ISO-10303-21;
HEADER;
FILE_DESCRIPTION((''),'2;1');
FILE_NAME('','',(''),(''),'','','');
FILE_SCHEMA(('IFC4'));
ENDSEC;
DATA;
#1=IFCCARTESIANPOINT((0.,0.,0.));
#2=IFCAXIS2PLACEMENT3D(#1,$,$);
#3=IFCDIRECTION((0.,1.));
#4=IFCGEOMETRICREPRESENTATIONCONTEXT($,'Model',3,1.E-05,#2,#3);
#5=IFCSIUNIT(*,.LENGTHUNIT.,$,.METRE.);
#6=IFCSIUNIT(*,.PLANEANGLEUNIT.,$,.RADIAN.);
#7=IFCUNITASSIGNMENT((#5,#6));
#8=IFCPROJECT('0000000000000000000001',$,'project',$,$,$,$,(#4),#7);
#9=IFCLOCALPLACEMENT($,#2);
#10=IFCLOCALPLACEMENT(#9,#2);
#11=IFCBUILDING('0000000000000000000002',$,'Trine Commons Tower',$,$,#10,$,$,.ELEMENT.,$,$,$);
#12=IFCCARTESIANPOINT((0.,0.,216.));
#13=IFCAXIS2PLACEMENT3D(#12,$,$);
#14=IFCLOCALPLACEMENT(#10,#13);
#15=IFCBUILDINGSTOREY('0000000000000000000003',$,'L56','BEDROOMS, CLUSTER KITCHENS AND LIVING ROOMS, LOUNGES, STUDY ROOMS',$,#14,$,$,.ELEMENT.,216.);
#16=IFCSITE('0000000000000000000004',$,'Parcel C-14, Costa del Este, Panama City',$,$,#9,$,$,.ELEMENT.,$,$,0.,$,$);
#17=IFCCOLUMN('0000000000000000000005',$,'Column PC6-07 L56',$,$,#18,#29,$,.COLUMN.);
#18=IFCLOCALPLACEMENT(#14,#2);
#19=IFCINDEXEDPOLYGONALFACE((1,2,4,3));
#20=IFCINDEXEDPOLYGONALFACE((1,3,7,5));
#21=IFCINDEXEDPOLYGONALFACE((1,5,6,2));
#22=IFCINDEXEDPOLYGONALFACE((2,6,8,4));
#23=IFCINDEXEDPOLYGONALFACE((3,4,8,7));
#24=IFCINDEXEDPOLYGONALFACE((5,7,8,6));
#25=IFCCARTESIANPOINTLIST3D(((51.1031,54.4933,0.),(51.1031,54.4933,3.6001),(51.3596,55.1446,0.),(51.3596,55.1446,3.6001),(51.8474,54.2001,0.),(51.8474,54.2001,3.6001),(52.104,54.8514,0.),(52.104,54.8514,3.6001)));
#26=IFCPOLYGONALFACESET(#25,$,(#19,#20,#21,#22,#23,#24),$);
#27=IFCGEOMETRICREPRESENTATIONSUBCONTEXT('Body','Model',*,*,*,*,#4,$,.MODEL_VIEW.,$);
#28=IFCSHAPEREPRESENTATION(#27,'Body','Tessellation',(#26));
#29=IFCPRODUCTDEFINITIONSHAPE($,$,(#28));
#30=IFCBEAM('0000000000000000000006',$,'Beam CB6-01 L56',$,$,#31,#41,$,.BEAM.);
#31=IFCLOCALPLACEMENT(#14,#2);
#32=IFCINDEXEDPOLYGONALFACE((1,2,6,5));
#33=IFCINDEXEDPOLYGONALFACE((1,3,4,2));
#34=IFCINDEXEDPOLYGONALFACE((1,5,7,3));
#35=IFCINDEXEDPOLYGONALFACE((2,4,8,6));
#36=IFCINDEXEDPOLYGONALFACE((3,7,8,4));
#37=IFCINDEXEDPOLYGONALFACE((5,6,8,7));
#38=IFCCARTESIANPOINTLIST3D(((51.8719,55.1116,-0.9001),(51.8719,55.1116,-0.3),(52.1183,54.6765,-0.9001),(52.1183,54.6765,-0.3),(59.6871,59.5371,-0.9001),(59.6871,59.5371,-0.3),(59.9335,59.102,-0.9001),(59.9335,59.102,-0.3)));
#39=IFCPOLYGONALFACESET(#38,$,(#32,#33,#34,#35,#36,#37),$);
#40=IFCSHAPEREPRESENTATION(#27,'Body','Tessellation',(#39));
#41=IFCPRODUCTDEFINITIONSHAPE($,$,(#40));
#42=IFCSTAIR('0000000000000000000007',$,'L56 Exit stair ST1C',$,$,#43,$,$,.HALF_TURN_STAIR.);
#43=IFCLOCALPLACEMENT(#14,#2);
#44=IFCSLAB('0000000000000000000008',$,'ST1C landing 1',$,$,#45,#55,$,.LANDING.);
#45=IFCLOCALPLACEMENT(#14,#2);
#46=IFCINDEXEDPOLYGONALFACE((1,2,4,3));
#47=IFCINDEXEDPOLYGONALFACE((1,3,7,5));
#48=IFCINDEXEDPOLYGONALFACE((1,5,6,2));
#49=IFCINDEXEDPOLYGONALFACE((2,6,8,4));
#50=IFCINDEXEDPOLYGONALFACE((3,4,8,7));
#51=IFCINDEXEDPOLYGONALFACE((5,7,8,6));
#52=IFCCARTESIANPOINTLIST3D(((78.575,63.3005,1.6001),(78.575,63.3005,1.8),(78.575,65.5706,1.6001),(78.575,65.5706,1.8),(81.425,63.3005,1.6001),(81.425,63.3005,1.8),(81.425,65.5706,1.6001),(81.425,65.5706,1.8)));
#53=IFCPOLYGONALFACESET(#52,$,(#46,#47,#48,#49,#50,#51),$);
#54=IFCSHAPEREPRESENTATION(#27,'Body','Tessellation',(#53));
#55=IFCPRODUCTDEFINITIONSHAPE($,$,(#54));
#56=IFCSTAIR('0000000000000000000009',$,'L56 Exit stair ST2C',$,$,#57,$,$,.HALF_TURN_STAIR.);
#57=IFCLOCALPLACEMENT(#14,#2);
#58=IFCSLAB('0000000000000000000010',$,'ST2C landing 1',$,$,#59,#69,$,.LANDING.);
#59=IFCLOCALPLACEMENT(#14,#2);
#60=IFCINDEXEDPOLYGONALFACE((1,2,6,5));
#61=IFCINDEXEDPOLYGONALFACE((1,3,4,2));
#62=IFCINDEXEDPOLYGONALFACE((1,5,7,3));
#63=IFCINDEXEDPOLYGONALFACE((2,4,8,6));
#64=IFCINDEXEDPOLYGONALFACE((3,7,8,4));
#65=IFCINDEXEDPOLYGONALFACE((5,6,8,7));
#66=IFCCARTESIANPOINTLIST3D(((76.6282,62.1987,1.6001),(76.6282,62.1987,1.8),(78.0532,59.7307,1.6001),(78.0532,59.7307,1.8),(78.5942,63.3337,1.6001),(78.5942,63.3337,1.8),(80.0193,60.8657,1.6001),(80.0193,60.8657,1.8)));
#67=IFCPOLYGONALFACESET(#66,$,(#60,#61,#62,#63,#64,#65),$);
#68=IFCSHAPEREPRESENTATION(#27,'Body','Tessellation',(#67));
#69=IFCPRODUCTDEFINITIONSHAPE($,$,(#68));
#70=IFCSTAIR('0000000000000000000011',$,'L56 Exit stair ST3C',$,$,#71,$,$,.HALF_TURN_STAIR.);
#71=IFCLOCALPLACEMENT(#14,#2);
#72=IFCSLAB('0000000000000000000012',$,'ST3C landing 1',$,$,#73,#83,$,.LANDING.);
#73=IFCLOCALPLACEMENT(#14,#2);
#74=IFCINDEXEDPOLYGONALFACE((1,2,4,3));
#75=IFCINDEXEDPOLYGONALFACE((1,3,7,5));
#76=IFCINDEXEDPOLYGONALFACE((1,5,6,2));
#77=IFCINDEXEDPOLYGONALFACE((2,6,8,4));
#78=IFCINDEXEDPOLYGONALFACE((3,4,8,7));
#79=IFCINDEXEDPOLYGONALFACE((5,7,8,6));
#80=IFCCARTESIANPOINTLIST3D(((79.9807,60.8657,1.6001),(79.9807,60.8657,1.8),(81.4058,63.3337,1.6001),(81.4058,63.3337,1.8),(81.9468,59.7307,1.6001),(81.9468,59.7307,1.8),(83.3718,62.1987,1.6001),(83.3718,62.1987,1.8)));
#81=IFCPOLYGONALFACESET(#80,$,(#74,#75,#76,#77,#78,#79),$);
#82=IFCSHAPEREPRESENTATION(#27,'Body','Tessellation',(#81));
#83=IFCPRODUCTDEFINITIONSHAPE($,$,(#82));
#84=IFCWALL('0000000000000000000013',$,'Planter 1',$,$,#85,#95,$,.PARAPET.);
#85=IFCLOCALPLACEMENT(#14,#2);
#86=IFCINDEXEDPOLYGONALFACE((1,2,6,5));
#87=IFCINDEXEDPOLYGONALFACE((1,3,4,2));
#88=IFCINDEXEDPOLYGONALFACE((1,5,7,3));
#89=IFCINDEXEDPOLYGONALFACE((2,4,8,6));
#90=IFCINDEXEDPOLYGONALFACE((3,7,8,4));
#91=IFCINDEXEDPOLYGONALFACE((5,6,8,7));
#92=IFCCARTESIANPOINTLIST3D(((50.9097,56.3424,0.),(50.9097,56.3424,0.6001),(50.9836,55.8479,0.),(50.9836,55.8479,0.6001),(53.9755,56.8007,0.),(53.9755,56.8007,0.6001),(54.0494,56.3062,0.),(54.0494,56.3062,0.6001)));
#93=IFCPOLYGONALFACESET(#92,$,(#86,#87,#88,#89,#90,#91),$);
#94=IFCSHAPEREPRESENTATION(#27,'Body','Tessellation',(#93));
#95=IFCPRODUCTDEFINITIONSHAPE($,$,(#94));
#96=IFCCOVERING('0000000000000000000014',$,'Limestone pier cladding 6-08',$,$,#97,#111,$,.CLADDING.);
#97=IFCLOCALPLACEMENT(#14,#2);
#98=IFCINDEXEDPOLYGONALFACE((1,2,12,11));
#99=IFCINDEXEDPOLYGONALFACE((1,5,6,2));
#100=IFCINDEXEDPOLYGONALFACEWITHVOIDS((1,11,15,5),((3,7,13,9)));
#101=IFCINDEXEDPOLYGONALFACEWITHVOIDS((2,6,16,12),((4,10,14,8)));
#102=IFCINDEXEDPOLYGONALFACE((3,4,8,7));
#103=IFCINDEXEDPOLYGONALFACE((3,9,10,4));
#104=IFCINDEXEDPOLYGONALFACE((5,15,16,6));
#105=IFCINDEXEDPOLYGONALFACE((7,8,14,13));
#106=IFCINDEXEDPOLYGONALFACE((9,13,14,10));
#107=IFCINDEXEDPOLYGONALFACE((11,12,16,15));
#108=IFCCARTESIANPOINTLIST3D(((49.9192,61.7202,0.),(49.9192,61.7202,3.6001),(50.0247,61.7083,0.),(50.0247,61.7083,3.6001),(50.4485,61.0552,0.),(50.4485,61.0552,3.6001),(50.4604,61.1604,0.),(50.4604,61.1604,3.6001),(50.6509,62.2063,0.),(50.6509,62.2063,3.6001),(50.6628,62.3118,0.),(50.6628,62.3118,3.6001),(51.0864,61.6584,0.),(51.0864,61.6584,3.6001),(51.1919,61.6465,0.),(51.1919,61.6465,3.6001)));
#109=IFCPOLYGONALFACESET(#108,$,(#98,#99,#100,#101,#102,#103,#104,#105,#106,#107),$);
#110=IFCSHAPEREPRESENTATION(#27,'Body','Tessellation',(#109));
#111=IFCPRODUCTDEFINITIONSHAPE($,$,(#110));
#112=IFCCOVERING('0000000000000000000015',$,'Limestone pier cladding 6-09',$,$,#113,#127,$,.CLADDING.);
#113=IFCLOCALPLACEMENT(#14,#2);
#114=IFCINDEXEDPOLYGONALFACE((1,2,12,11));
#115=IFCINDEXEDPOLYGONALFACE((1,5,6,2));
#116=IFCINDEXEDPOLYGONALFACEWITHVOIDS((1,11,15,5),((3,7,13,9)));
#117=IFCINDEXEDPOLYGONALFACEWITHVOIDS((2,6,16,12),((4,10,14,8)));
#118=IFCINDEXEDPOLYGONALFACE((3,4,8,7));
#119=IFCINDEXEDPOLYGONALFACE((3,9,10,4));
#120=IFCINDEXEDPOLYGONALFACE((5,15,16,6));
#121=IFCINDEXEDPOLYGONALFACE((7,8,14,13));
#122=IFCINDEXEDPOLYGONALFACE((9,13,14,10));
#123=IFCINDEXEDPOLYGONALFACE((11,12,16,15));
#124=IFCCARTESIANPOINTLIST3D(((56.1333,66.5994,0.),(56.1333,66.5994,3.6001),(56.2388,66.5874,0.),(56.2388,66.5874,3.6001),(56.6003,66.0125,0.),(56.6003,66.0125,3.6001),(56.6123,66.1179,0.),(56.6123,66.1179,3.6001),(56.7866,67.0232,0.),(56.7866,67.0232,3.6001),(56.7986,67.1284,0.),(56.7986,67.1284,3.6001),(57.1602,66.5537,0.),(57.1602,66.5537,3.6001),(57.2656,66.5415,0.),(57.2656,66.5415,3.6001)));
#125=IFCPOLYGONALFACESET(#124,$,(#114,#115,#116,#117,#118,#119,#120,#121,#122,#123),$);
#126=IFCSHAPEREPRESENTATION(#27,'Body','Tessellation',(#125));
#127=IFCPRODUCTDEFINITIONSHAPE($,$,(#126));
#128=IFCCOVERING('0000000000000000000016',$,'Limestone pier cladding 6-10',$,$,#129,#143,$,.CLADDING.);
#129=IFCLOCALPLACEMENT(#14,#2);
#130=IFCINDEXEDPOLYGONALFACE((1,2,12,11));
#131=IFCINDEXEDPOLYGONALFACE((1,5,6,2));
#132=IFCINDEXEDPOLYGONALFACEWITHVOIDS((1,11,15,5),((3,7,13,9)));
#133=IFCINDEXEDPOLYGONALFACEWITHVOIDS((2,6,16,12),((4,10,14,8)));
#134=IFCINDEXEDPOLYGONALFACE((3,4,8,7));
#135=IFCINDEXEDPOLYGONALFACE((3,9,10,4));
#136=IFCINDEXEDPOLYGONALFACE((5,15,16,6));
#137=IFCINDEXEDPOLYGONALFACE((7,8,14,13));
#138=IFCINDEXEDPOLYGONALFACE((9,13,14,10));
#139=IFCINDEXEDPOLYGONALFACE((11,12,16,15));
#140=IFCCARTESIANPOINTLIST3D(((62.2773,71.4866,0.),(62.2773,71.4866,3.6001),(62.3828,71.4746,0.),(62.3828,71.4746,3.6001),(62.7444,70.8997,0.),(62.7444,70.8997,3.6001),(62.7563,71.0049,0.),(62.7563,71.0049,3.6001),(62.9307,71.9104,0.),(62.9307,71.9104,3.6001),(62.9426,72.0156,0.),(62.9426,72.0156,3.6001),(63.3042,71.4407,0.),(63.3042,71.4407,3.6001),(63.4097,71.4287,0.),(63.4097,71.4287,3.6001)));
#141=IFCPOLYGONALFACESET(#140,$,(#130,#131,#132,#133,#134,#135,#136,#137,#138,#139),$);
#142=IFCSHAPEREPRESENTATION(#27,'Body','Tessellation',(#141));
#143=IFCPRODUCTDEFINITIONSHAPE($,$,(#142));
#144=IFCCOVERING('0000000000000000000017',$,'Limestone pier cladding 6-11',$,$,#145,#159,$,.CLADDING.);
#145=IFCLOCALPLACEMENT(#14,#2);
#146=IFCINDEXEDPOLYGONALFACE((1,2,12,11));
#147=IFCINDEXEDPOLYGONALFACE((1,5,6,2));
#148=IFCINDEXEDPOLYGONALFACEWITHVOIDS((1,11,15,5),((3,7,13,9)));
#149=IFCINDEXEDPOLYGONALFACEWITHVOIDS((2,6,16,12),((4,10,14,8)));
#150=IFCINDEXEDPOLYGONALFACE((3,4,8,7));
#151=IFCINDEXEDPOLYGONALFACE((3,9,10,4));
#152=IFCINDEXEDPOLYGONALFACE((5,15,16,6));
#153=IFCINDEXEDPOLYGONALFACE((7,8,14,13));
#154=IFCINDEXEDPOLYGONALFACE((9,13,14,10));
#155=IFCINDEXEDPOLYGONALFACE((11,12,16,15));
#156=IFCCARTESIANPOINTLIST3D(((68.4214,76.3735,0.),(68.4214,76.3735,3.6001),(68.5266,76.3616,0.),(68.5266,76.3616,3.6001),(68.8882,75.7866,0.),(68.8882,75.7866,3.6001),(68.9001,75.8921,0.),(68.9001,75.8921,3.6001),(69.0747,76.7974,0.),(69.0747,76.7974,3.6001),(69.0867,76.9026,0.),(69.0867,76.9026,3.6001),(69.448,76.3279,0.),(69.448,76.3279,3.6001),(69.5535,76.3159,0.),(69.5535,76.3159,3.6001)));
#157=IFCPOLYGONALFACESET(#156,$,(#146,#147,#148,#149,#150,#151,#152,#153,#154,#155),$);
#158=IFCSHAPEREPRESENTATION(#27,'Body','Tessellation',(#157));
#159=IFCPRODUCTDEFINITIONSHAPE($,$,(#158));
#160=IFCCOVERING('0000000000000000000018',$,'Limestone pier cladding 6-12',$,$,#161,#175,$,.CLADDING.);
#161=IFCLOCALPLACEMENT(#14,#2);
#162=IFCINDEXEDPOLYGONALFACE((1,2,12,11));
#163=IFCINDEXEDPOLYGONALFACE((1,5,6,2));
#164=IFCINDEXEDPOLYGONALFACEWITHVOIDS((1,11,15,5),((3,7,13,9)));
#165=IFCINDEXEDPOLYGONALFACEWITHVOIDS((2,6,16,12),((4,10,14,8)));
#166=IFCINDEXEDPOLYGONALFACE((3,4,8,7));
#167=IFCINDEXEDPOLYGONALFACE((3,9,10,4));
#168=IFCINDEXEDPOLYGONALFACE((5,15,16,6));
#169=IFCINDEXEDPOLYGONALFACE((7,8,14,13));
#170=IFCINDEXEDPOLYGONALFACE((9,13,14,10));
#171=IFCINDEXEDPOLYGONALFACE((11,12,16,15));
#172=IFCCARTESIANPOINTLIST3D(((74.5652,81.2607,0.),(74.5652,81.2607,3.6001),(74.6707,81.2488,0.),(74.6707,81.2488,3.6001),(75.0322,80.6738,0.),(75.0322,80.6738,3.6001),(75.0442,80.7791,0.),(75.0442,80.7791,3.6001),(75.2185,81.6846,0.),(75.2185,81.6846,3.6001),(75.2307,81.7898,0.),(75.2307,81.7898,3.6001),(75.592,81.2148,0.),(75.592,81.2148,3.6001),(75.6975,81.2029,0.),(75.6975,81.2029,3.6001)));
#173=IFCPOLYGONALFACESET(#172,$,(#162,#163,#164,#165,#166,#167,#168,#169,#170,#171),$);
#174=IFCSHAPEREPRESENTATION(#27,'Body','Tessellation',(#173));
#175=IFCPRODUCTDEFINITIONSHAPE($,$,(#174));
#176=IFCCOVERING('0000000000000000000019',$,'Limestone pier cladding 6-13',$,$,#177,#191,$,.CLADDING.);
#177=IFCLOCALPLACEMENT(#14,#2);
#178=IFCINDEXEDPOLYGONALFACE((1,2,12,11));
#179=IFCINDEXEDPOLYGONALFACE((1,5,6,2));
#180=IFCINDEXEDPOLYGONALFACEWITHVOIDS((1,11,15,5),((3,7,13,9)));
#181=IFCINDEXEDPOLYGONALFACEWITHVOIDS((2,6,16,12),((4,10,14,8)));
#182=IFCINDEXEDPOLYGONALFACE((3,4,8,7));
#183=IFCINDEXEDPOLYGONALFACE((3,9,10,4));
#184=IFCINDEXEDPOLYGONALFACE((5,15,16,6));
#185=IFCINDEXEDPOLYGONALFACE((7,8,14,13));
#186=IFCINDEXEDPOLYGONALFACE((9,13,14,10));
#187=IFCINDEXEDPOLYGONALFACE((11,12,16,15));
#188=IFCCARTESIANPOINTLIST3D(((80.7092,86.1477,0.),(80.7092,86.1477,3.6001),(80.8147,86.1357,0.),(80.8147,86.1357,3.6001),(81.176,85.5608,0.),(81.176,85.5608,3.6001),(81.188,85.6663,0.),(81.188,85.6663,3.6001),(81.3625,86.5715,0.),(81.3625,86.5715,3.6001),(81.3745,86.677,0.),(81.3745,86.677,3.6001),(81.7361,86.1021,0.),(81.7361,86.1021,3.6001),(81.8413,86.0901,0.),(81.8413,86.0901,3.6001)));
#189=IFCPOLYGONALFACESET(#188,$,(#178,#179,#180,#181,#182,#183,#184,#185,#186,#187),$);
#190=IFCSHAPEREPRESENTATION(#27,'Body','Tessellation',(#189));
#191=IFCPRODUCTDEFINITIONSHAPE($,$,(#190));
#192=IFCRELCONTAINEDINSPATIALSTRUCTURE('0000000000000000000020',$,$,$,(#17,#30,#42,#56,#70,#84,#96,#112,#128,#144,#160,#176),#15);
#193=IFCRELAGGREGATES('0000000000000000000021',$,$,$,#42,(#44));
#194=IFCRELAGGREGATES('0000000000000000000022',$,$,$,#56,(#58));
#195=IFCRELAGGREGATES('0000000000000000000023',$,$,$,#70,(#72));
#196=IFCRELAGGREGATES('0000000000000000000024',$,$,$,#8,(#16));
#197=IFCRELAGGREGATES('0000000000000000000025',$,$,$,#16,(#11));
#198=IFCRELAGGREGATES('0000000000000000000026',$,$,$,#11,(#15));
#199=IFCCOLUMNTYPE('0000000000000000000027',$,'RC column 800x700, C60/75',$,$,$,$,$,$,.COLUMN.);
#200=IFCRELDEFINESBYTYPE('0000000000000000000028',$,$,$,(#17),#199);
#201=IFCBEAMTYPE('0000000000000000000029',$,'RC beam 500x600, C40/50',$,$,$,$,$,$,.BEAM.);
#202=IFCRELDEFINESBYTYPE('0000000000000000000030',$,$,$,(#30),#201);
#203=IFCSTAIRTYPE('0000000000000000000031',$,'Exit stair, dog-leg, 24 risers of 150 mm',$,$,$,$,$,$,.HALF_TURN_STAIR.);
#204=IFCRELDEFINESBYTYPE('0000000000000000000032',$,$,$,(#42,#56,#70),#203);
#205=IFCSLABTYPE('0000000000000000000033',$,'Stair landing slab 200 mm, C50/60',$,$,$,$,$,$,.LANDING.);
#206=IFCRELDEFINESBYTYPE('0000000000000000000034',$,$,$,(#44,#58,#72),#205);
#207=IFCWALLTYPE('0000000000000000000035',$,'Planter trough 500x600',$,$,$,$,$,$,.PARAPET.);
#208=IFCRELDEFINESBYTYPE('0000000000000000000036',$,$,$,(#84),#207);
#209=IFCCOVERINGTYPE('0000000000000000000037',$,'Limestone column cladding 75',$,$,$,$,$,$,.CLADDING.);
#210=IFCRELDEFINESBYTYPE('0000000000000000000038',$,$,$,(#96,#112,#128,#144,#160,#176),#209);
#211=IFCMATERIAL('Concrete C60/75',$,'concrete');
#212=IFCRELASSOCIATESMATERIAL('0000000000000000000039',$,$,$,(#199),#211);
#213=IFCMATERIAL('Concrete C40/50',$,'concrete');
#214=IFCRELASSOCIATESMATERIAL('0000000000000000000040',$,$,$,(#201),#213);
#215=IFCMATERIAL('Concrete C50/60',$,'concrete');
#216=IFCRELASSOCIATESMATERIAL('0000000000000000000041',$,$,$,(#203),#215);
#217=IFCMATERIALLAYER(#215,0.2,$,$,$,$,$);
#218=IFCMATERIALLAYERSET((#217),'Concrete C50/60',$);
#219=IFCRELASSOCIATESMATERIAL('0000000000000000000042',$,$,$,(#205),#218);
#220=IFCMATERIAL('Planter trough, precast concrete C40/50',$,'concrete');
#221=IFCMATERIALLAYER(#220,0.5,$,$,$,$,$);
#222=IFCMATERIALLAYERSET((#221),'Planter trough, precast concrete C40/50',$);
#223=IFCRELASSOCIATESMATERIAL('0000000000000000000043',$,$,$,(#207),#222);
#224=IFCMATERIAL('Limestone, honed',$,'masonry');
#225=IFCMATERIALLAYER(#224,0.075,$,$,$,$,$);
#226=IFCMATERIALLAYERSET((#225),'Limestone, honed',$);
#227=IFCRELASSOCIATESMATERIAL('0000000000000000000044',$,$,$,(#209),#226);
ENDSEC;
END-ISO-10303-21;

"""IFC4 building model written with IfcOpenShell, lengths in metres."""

from ifc_helpers import new_model, si_unit, direction, frame, frame_2d, origin, origin_2d, place, context, subcontext, project, spatial, polyline, rectangle, outline, extrude, material, layer, layer_set, material_profile, profile_set, type_object, element, aggregate, save


model = new_model("IFC4")

# Units and contexts
model_context = context("Model", 3, precision=1e-05, world=origin(), true_north=direction((0.0, 1.0)))
body_context = subcontext(model_context, "Body", "Model", "MODEL_VIEW")
ifc_project = project(units=[si_unit("LENGTHUNIT", "METRE"), si_unit("PLANEANGLEUNIT", "RADIAN")], contexts=[model_context])

# Site, building, storey
site_placement = place(None, origin())
site = spatial("IfcSite", under=ifc_project, at=site_placement, Name="Parcel C-14, Costa del Este, Panama City", CompositionType="ELEMENT", RefElevation=0.0)
building_placement = place(site_placement, origin())
building = spatial("IfcBuilding", under=site, at=building_placement, Name="Trine Commons Tower", CompositionType="ELEMENT")
storey_placement = place(building_placement, frame((0.0, 0.0, 216.0)))
storey = spatial("IfcBuildingStorey", under=building, at=storey_placement, Name="L56", Description="BEDROOMS, CLUSTER KITCHENS AND LIVING ROOMS, LOUNGES, STUDY ROOMS", CompositionType="ELEMENT", Elevation=216.0)

# Column
ifc_material_1 = material(Name="Concrete C60/75", Category="concrete")
ifc_material_profile_1 = material_profile(ifc_material_1, rectangle(XDim=0.8, YDim=0.7, at=origin_2d()), Name="RC 800x700")
ifc_profile_set_1 = profile_set([ifc_material_profile_1], Name="Concrete C60/75")
column_type = type_object("IfcColumnType", Name="RC column 800x700, C60/75", PredefinedType="COLUMN", material=ifc_profile_set_1)
column_placement = place(storey_placement, frame((51.6035, 54.6724, 0.0), z_axis=(0.0, 0.0, 1.0), x_axis=(-0.930418, 0.366501, 0.0)))
element("IfcColumn", 1, at=column_placement, inside=storey, type_object=column_type, Name="Column PC6-07 L56", PredefinedType="COLUMN", context=body_context, shape_type="SweptSolid", body=[
    extrude(rectangle(XDim=0.8, YDim=0.7, at=origin_2d()), origin(), (0.0, 0.0, 1.0), 3.6001),
])

# Beam
ifc_material_2 = material(Name="Concrete C40/50", Category="concrete")
ifc_material_profile_2 = material_profile(ifc_material_2, rectangle(XDim=0.5, YDim=0.6001, at=origin_2d()), Name="RC 500x600")
ifc_profile_set_2 = profile_set([ifc_material_profile_2], Name="Concrete C40/50")
beam_type = type_object("IfcBeamType", Name="RC beam 500x600, C40/50", PredefinedType="BEAM", material=ifc_profile_set_2)
beam_placement = place(storey_placement, frame((51.9951, 54.894, -0.6001), z_axis=(0.870169, 0.492754, 0.0), x_axis=(-0.492754, 0.870169, 0.0)))
element("IfcBeam", 2, at=beam_placement, inside=storey, type_object=beam_type, Name="Beam CB6-01 L56", PredefinedType="BEAM", context=body_context, shape_type="SweptSolid", body=[
    extrude(rectangle(XDim=0.5, YDim=0.6001, at=origin_2d()), origin(), (0.0, 0.0, 1.0), 8.9812),
])

# Stairs, slabs
ifc_material_3 = material(Name="Concrete C50/60", Category="concrete")
stair_type = type_object("IfcStairType", Name="Exit stair, dog-leg, 24 risers of 150 mm", PredefinedType="HALF_TURN_STAIR", material=ifc_material_3)
stair_1_placement = place(storey_placement, origin())
stair_1 = element("IfcStair", 3, at=stair_1_placement, inside=storey, type_object=stair_type, Name="L56 Exit stair ST1C", PredefinedType="HALF_TURN_STAIR")
ifc_layer_1 = layer(ifc_material_3, 0.2)
ifc_layer_set_1 = layer_set([ifc_layer_1], Name="Concrete C50/60")
slab_type = type_object("IfcSlabType", Name="Stair landing slab 200 mm, C50/60", PredefinedType="LANDING", material=ifc_layer_set_1)
slab_1_placement = place(storey_placement, frame((0.0, 0.0, 1.6001)))
slab_1 = element("IfcSlab", 4, at=slab_1_placement, type_object=slab_type, Name="ST1C landing 1", PredefinedType="LANDING", context=body_context, shape_type="SweptSolid", body=[
    extrude(outline(polyline([(78.575, 65.5706), (78.575, 63.3005), (81.425, 63.3005), (81.425, 65.5706), (78.575, 65.5706)])), origin(), (0.0, 0.0, 1.0), 0.2),
])
aggregate(stair_1, [slab_1])
stair_2_placement = place(storey_placement, origin())
stair_2 = element("IfcStair", 5, at=stair_2_placement, inside=storey, type_object=stair_type, Name="L56 Exit stair ST2C", PredefinedType="HALF_TURN_STAIR")
slab_2_placement = place(storey_placement, frame((0.0, 0.0, 1.6001)))
slab_2 = element("IfcSlab", 6, at=slab_2_placement, type_object=slab_type, Name="ST2C landing 1", PredefinedType="LANDING", context=body_context, shape_type="SweptSolid", body=[
    extrude(outline(polyline([(78.0532, 59.7307), (80.0193, 60.8657), (78.5942, 63.3337), (76.6282, 62.1987), (78.0532, 59.7307)])), origin(), (0.0, 0.0, 1.0), 0.2),
])
aggregate(stair_2, [slab_2])
stair_3_placement = place(storey_placement, origin())
stair_3 = element("IfcStair", 7, at=stair_3_placement, inside=storey, type_object=stair_type, Name="L56 Exit stair ST3C", PredefinedType="HALF_TURN_STAIR")
slab_3_placement = place(storey_placement, frame((0.0, 0.0, 1.6001)))
slab_3 = element("IfcSlab", 8, at=slab_3_placement, type_object=slab_type, Name="ST3C landing 1", PredefinedType="LANDING", context=body_context, shape_type="SweptSolid", body=[
    extrude(outline(polyline([(83.3718, 62.1987), (81.4058, 63.3337), (79.9807, 60.8657), (81.9468, 59.7307), (83.3718, 62.1987)])), origin(), (0.0, 0.0, 1.0), 0.2),
])
aggregate(stair_3, [slab_3])

# Wall
ifc_material_4 = material(Name="Planter trough, precast concrete C40/50", Category="concrete")
ifc_layer_2 = layer(ifc_material_4, 0.5)
ifc_layer_set_2 = layer_set([ifc_layer_2], Name="Planter trough, precast concrete C40/50")
wall_type = type_object("IfcWallType", Name="Planter trough 500x600", PredefinedType="PARAPET", material=ifc_layer_set_2)
wall_placement = place(storey_placement, frame((50.9468, 56.0952, 0.0), z_axis=(0.0, 0.0, 1.0), x_axis=(0.989012, 0.147836, 0.0)))
element("IfcWall", 9, at=wall_placement, inside=storey, type_object=wall_type, Name="Planter 1", PredefinedType="PARAPET", context=body_context, shape_type="SweptSolid", body=[
    extrude(rectangle(XDim=3.0999, YDim=0.5, at=frame_2d((1.5498, 0.0))), origin(), (0.0, 0.0, 1.0), 0.6001),
])

# Coverings
ifc_material_5 = material(Name="Limestone, honed", Category="masonry")
ifc_layer_3 = layer(ifc_material_5, 0.075)
ifc_layer_set_3 = layer_set([ifc_layer_3], Name="Limestone, honed")
covering_type_1 = type_object("IfcCoveringType", Name="Limestone column cladding 75", PredefinedType="CLADDING", material=ifc_layer_set_3)
covering_1_placement = place(storey_placement, origin())
element("IfcCovering", 10, at=covering_1_placement, inside=storey, type_object=covering_type_1, Name="Limestone pier cladding 6-08", PredefinedType="CLADDING", context=body_context, shape_type="SweptSolid", body=[
    extrude(outline(polyline([(51.1919, 61.6465), (50.6628, 62.3118), (49.9192, 61.7202), (50.4485, 61.0552), (51.1919, 61.6465)]), holes=[polyline([(51.0864, 61.6584), (50.6509, 62.2063), (50.0247, 61.7083), (50.4604, 61.1604), (51.0864, 61.6584)])]), origin(), (0.0, 0.0, 1.0), 3.6001),
])
covering_2_placement = place(storey_placement, origin())
element("IfcCovering", 11, at=covering_2_placement, inside=storey, type_object=covering_type_1, Name="Limestone pier cladding 6-09", PredefinedType="CLADDING", context=body_context, shape_type="SweptSolid", body=[
    extrude(outline(polyline([(57.2656, 66.5415), (56.7986, 67.1284), (56.1333, 66.5994), (56.6003, 66.0125), (57.2656, 66.5415)]), holes=[polyline([(57.1602, 66.5537), (56.7866, 67.0232), (56.2388, 66.5874), (56.6123, 66.1179), (57.1602, 66.5537)])]), origin(), (0.0, 0.0, 1.0), 3.6001),
])
covering_3_placement = place(storey_placement, origin())
element("IfcCovering", 12, at=covering_3_placement, inside=storey, type_object=covering_type_1, Name="Limestone pier cladding 6-10", PredefinedType="CLADDING", context=body_context, shape_type="SweptSolid", body=[
    extrude(outline(polyline([(63.4097, 71.4287), (62.9426, 72.0156), (62.2773, 71.4866), (62.7444, 70.8997), (63.4097, 71.4287)]), holes=[polyline([(63.3042, 71.4407), (62.9307, 71.9104), (62.3828, 71.4746), (62.7563, 71.0049), (63.3042, 71.4407)])]), origin(), (0.0, 0.0, 1.0), 3.6001),
])
covering_4_placement = place(storey_placement, origin())
element("IfcCovering", 13, at=covering_4_placement, inside=storey, type_object=covering_type_1, Name="Limestone pier cladding 6-11", PredefinedType="CLADDING", context=body_context, shape_type="SweptSolid", body=[
    extrude(outline(polyline([(69.5535, 76.3159), (69.0867, 76.9026), (68.4214, 76.3735), (68.8882, 75.7866), (69.5535, 76.3159)]), holes=[polyline([(69.448, 76.3279), (69.0747, 76.7974), (68.5266, 76.3616), (68.9001, 75.8921), (69.448, 76.3279)])]), origin(), (0.0, 0.0, 1.0), 3.6001),
])
covering_5_placement = place(storey_placement, origin())
element("IfcCovering", 14, at=covering_5_placement, inside=storey, type_object=covering_type_1, Name="Limestone pier cladding 6-12", PredefinedType="CLADDING", context=body_context, shape_type="SweptSolid", body=[
    extrude(outline(polyline([(75.6975, 81.2029), (75.2307, 81.7898), (74.5652, 81.2607), (75.0322, 80.6738), (75.6975, 81.2029)]), holes=[polyline([(75.592, 81.2148), (75.2185, 81.6846), (74.6707, 81.2488), (75.0442, 80.7791), (75.592, 81.2148)])]), origin(), (0.0, 0.0, 1.0), 3.6001),
])
covering_6_placement = place(storey_placement, origin())
element("IfcCovering", 15, at=covering_6_placement, inside=storey, type_object=covering_type_1, Name="Limestone pier cladding 6-13", PredefinedType="CLADDING", context=body_context, shape_type="SweptSolid", body=[
    extrude(outline(polyline([(81.8413, 86.0901), (81.3745, 86.677), (80.7092, 86.1477), (81.176, 85.5608), (81.8413, 86.0901)]), holes=[polyline([(81.7361, 86.1021), (81.3625, 86.5715), (80.8147, 86.1357), (81.188, 85.6663), (81.7361, 86.1021)])]), origin(), (0.0, 0.0, 1.0), 3.6001),
])

save(model, "model.ifc")
